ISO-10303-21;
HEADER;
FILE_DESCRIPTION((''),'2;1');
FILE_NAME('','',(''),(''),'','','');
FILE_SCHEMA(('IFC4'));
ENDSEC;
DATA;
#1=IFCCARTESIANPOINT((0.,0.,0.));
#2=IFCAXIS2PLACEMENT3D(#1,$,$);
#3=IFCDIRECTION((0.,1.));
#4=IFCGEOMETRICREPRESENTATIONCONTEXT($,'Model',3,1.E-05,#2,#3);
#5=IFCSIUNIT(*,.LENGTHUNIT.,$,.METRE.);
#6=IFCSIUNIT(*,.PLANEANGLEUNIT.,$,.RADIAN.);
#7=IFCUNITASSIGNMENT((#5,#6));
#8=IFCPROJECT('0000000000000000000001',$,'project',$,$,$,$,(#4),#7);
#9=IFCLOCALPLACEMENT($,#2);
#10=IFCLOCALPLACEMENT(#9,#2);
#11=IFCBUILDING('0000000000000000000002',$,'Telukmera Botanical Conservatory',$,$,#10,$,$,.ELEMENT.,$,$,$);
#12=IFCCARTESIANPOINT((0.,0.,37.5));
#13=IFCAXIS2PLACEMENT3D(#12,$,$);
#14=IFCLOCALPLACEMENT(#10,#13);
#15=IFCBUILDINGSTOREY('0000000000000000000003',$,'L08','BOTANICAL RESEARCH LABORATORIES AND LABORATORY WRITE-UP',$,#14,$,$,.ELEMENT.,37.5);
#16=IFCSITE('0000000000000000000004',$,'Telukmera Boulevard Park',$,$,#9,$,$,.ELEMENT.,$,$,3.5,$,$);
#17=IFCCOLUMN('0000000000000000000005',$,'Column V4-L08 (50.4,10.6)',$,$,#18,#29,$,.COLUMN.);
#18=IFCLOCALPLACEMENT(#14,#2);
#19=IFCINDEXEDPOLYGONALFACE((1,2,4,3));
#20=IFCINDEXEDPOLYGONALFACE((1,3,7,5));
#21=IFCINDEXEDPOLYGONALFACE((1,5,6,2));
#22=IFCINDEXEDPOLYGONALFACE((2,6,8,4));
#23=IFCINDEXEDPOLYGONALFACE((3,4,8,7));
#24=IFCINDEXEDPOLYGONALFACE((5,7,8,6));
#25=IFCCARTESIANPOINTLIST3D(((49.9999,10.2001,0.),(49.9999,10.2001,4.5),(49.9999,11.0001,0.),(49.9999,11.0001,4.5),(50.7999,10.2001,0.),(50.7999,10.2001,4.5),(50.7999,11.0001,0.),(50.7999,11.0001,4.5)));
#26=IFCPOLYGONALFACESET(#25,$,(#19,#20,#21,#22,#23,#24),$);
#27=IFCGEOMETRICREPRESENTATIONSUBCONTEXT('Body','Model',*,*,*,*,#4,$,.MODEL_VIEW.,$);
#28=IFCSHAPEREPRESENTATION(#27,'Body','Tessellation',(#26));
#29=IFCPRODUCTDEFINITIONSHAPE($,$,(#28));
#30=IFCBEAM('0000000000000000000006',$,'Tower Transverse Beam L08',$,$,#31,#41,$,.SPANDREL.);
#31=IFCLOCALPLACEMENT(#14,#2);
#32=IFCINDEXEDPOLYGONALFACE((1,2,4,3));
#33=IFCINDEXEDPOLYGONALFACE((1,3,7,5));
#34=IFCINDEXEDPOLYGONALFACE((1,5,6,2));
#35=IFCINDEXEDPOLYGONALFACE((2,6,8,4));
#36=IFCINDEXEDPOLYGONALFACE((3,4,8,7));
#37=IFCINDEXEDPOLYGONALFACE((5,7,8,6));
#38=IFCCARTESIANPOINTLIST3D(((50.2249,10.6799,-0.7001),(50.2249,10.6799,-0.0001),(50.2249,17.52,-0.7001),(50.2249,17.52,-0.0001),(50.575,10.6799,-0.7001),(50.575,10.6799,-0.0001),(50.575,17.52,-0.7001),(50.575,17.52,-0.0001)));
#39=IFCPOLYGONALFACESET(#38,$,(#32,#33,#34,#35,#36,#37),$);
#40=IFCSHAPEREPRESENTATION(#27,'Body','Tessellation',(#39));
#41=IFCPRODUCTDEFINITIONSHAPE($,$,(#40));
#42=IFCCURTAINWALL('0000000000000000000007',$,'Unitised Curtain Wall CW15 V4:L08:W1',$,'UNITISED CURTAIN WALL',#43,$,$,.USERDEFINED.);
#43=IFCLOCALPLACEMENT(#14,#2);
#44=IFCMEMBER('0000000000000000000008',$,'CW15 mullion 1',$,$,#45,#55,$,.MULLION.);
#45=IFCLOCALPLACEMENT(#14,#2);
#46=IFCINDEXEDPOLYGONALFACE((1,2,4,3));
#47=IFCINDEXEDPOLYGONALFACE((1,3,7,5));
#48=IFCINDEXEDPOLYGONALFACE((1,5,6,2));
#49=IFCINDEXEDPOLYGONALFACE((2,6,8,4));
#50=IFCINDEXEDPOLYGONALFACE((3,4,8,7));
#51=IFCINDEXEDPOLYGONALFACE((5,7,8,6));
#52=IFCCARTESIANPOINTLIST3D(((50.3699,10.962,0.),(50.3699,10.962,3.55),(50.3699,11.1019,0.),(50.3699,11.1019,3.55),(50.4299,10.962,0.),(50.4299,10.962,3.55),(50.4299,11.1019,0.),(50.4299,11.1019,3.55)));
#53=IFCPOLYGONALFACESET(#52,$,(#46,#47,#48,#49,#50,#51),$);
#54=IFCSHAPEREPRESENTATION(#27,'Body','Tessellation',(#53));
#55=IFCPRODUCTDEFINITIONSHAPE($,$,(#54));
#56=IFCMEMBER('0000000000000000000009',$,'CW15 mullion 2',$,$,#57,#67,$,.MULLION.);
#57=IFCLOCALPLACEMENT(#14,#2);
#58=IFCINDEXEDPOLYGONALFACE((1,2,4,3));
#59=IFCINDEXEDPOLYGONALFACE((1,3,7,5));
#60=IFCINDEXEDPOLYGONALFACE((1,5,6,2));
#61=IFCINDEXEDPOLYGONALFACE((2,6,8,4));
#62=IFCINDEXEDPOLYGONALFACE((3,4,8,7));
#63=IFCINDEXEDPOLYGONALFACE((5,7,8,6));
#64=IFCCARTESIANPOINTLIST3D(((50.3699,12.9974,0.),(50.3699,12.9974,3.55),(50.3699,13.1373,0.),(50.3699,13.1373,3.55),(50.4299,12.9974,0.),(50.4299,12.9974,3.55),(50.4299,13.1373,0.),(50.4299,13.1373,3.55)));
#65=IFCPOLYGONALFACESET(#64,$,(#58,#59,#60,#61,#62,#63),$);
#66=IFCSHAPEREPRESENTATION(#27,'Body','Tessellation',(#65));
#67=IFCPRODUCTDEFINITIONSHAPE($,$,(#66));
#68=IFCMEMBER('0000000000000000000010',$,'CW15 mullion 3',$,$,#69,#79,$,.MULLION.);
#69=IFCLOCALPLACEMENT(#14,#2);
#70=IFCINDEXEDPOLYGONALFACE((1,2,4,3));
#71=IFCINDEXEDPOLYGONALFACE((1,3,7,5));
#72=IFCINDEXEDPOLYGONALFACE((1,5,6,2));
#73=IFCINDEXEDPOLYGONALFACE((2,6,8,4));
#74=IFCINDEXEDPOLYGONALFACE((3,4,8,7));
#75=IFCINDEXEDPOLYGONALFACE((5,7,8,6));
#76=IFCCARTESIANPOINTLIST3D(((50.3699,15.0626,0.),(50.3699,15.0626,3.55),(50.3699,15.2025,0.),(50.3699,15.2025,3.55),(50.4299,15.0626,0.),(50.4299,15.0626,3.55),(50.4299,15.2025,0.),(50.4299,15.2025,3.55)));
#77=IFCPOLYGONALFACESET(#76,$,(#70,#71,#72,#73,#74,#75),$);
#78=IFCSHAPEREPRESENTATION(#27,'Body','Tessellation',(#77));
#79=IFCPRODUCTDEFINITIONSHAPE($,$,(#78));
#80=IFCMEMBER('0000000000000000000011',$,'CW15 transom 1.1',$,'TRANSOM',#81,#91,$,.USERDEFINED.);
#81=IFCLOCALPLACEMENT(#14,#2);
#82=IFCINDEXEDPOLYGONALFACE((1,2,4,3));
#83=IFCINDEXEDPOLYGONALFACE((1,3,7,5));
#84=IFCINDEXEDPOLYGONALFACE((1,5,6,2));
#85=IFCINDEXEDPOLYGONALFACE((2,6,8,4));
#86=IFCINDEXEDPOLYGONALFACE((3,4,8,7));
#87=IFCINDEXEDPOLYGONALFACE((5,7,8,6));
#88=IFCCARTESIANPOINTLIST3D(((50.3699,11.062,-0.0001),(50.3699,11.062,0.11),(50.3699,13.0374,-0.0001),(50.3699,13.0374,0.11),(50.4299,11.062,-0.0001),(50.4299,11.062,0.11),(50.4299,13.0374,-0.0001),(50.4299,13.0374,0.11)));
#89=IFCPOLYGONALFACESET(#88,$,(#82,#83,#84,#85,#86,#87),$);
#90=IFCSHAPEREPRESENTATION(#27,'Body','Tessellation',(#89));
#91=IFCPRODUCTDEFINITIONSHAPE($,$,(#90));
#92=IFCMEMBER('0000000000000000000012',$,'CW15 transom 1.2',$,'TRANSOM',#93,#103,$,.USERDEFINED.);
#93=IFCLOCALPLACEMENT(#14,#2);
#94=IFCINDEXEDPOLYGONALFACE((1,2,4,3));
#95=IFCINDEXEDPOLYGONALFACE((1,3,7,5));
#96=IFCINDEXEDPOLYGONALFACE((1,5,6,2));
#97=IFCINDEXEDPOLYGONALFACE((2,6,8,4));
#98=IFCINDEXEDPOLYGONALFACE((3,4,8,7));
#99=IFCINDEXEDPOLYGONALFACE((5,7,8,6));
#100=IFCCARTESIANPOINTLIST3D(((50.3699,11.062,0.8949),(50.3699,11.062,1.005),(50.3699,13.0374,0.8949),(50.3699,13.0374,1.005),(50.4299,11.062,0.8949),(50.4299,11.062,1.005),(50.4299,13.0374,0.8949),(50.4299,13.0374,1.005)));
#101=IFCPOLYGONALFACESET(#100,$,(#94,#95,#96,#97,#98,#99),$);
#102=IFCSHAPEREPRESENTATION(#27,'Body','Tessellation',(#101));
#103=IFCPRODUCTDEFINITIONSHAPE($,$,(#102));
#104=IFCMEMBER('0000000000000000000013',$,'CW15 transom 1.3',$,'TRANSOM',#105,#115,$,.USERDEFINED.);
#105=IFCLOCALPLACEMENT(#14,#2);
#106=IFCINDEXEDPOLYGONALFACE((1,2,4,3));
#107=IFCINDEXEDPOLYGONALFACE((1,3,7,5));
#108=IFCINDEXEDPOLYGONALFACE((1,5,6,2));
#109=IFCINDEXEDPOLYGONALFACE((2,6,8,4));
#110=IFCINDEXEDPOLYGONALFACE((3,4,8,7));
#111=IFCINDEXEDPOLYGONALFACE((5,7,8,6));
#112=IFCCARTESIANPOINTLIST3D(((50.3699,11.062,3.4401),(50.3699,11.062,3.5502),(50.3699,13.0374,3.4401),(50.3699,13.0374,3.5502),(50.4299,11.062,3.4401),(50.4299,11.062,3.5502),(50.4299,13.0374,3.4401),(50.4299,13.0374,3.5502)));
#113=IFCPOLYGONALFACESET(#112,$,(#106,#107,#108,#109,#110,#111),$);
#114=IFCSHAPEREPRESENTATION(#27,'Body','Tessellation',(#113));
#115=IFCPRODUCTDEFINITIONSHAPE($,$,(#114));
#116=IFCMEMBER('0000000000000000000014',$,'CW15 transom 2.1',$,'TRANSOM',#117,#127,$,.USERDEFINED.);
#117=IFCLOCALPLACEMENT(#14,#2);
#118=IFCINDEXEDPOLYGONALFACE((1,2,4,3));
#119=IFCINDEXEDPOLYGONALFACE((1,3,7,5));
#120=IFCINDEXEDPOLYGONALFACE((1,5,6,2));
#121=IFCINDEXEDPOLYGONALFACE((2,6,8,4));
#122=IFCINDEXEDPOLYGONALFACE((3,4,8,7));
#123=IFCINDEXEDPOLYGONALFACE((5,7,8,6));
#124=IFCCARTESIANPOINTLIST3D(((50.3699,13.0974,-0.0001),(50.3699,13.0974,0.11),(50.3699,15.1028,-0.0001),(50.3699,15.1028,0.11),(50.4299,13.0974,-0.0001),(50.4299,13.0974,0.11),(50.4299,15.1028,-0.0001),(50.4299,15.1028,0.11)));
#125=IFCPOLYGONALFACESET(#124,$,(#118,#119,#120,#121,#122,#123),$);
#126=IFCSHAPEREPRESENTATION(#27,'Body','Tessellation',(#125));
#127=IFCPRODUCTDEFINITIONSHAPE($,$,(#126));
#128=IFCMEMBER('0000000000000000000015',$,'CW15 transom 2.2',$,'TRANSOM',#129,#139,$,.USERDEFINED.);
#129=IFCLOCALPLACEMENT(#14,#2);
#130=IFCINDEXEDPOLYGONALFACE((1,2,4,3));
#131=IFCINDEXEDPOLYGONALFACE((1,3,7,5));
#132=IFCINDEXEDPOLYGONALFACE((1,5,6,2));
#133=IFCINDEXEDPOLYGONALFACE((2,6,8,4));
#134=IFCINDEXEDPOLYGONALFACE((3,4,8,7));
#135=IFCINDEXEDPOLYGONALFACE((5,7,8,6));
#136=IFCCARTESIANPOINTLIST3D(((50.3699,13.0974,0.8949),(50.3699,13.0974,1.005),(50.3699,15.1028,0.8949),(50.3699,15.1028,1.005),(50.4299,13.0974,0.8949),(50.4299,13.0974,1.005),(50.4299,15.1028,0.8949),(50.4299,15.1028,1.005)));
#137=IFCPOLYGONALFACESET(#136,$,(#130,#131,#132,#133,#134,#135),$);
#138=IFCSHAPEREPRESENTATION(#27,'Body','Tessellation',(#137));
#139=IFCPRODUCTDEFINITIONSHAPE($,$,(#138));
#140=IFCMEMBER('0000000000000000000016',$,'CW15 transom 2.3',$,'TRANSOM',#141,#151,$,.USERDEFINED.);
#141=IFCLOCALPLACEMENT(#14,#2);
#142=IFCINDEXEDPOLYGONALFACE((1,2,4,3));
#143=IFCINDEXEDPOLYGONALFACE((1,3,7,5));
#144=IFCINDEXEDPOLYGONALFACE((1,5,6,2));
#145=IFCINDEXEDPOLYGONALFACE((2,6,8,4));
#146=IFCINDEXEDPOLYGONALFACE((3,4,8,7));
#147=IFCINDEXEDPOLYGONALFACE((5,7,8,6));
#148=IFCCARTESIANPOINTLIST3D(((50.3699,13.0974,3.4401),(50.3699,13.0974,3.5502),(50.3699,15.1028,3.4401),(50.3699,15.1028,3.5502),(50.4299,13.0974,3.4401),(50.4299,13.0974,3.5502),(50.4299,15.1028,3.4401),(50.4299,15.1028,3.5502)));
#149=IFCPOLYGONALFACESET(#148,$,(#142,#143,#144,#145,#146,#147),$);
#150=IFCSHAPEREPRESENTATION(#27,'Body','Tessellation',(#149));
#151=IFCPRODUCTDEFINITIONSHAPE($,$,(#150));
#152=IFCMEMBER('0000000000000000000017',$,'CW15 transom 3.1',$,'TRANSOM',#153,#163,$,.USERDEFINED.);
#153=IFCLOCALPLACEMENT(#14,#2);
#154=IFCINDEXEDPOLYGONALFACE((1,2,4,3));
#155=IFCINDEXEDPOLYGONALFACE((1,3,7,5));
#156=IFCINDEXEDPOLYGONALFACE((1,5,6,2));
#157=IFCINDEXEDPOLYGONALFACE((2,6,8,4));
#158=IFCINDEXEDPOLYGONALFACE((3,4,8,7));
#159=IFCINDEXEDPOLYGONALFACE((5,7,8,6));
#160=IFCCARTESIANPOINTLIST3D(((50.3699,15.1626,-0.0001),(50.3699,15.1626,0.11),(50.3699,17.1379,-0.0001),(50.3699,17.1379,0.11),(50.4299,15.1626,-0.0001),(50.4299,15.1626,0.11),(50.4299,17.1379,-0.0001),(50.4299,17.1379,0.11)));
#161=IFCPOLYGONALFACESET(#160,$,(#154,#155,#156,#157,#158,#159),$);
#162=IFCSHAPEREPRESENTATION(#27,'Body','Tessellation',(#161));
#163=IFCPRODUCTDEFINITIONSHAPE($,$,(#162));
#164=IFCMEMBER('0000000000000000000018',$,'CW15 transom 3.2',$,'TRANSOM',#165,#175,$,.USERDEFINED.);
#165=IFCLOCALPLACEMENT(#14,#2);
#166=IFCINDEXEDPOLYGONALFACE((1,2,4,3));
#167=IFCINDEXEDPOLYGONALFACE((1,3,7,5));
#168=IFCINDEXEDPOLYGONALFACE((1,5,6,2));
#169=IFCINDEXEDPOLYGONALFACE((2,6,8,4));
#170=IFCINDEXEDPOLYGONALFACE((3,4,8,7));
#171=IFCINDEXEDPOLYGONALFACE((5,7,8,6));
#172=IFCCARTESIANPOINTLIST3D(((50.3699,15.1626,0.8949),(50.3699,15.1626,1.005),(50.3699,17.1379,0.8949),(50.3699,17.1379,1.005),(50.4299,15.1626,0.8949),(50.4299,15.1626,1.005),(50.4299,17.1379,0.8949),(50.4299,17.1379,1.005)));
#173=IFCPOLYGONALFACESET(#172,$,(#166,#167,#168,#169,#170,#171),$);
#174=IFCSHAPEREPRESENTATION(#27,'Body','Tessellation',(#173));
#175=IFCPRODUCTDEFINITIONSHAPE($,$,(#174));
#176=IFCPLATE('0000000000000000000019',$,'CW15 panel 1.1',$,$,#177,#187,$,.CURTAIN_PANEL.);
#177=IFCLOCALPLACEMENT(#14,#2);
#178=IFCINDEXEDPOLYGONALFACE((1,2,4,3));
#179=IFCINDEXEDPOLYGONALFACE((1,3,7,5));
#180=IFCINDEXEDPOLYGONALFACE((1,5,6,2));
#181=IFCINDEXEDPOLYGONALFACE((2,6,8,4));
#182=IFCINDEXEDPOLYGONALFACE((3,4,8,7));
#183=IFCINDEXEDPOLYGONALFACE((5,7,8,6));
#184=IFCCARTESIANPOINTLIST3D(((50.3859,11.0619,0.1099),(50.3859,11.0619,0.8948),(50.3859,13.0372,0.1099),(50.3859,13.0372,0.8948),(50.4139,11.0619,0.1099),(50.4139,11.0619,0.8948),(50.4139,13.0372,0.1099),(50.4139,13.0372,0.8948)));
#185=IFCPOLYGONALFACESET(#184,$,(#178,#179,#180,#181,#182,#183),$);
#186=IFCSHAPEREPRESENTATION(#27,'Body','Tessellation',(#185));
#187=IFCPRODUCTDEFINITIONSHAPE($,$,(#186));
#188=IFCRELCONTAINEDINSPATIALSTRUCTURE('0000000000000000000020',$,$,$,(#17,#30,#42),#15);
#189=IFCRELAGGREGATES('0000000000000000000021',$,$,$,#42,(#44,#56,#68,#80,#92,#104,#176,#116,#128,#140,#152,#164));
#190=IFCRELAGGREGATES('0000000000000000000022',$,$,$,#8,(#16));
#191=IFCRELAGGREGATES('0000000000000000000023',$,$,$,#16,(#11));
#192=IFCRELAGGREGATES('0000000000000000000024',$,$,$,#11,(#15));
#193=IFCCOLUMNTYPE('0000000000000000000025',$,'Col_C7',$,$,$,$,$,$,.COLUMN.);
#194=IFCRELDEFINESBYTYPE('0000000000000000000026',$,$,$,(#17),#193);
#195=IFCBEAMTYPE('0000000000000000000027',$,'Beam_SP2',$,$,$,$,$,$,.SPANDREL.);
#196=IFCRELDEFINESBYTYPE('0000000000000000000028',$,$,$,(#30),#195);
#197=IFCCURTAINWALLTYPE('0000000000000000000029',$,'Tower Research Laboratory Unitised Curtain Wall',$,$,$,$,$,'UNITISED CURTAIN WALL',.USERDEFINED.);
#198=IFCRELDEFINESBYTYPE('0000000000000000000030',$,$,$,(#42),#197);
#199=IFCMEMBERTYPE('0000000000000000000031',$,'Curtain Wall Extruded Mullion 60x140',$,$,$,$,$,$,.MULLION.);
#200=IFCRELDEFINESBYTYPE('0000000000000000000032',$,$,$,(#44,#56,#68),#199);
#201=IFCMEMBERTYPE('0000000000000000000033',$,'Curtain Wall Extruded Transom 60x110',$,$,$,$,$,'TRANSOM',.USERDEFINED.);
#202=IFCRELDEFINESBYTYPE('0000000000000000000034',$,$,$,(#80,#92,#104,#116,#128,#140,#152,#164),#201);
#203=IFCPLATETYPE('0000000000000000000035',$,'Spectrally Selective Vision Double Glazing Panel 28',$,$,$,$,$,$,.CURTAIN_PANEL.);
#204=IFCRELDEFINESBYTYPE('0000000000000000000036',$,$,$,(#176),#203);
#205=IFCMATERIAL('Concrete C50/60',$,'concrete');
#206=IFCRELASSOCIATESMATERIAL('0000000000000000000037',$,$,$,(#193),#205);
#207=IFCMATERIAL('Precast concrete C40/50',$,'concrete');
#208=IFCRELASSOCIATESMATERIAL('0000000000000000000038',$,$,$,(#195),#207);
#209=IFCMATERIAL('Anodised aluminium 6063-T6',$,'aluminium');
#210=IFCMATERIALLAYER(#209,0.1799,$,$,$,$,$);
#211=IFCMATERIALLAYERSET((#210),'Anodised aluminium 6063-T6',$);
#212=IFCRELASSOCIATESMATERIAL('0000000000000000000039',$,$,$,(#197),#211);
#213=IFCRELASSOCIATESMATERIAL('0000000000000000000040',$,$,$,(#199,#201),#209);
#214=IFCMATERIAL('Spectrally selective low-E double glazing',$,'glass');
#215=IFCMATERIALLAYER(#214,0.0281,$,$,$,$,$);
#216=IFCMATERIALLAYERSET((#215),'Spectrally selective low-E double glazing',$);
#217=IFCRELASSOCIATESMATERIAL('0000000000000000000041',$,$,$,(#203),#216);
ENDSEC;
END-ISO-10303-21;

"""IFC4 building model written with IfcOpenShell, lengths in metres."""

from ifc_helpers import new_model, si_unit, direction, frame, origin, origin_2d, place, context, subcontext, project, spatial, rectangle, extrude, material, layer, layer_set, material_profile, profile_set, type_object, element, aggregate, save


model = new_model("IFC4")

# Units and contexts
model_context = context("Model", 3, precision=1e-05, world=origin(), true_north=direction((0.0, 1.0)))
body_context = subcontext(model_context, "Body", "Model", "MODEL_VIEW")
ifc_project = project(units=[si_unit("LENGTHUNIT", "METRE"), si_unit("PLANEANGLEUNIT", "RADIAN")], contexts=[model_context])

# Site, building, storey
site_placement = place(None, origin())
site = spatial("IfcSite", under=ifc_project, at=site_placement, Name="Telukmera Boulevard Park", CompositionType="ELEMENT", RefElevation=3.5)
building_placement = place(site_placement, origin())
building = spatial("IfcBuilding", under=site, at=building_placement, Name="Telukmera Botanical Conservatory", CompositionType="ELEMENT")
storey_placement = place(building_placement, frame((0.0, 0.0, 37.5)))
storey = spatial("IfcBuildingStorey", under=building, at=storey_placement, Name="L08", Description="BOTANICAL RESEARCH LABORATORIES AND LABORATORY WRITE-UP", CompositionType="ELEMENT", Elevation=37.5)

# Column
ifc_material_1 = material(Name="Concrete C50/60", Category="concrete")
ifc_material_profile_1 = material_profile(ifc_material_1, rectangle(XDim=0.8, YDim=0.8, at=origin_2d()), Name="RC 800x800")
ifc_profile_set_1 = profile_set([ifc_material_profile_1], Name="Concrete C50/60")
column_type = type_object("IfcColumnType", Name="Col_C7", PredefinedType="COLUMN", material=ifc_profile_set_1)
column_placement = place(storey_placement, frame((50.3999, 10.6001, 0.0), z_axis=(0.0, 0.0, 1.0), x_axis=(1.0, 0.0, 0.0)))
element("IfcColumn", 1, at=column_placement, inside=storey, type_object=column_type, Name="Column V4-L08 (50.4,10.6)", PredefinedType="COLUMN", context=body_context, shape_type="SweptSolid", body=[
    extrude(rectangle(XDim=0.8, YDim=0.8, at=origin_2d()), origin(), (0.0, 0.0, 1.0), 4.5),
])

# Beam
ifc_material_2 = material(Name="Precast concrete C40/50", Category="concrete")
ifc_material_profile_2 = material_profile(ifc_material_2, rectangle(XDim=0.3501, YDim=0.7, at=origin_2d()), Name="PC 350x700")
ifc_profile_set_2 = profile_set([ifc_material_profile_2], Name="Precast concrete C40/50")
beam_type = type_object("IfcBeamType", Name="Beam_SP2", PredefinedType="SPANDREL", material=ifc_profile_set_2)
beam_placement = place(storey_placement, frame((50.3999, 10.6799, -0.3501), z_axis=(0.0, 1.0, 0.0), x_axis=(-1.0, 0.0, 0.0)))
element("IfcBeam", 2, at=beam_placement, inside=storey, type_object=beam_type, Name="Tower Transverse Beam L08", PredefinedType="SPANDREL", context=body_context, shape_type="SweptSolid", body=[
    extrude(rectangle(XDim=0.3501, YDim=0.7, at=origin_2d()), origin(), (0.0, 0.0, 1.0), 6.8401),
])

# Curtain wall, members, plate
ifc_material_3 = material(Name="Anodised aluminium 6063-T6", Category="aluminium")
ifc_layer_1 = layer(ifc_material_3, 0.1799)
ifc_layer_set_1 = layer_set([ifc_layer_1], Name="Anodised aluminium 6063-T6")
curtain_wall_type = type_object("IfcCurtainWallType", Name="Tower Research Laboratory Unitised Curtain Wall", ElementType="UNITISED CURTAIN WALL", PredefinedType="USERDEFINED", material=ifc_layer_set_1)
curtain_wall_placement = place(storey_placement, origin())
curtain_wall = element("IfcCurtainWall", 3, at=curtain_wall_placement, inside=storey, type_object=curtain_wall_type, Name="Unitised Curtain Wall CW15 V4:L08:W1", ObjectType="UNITISED CURTAIN WALL", PredefinedType="USERDEFINED")
ifc_material_profile_3 = material_profile(ifc_material_3, rectangle(XDim=0.0601, YDim=0.1399, at=origin_2d()), Name="ALU MULL 60x140")
ifc_profile_set_3 = profile_set([ifc_material_profile_3], Name="Anodised aluminium 6063-T6")
member_type_1 = type_object("IfcMemberType", Name="Curtain Wall Extruded Mullion 60x140", PredefinedType="MULLION", material=ifc_profile_set_3)
member_1_placement = place(storey_placement, frame((50.3999, 11.032, 0.0), z_axis=(0.0, 0.0, 1.0), x_axis=(-1.0, 0.0, 0.0)))
member_1 = element("IfcMember", 4, at=member_1_placement, type_object=member_type_1, Name="CW15 mullion 1", PredefinedType="MULLION", context=body_context, shape_type="SweptSolid", body=[
    extrude(rectangle(XDim=0.0601, YDim=0.1399, at=origin_2d()), origin(), (0.0, 0.0, 1.0), 3.55),
])
member_2_placement = place(storey_placement, frame((50.3999, 13.0674, 0.0), z_axis=(0.0, 0.0, 1.0), x_axis=(-1.0, 0.0, 0.0)))
member_2 = element("IfcMember", 5, at=member_2_placement, type_object=member_type_1, Name="CW15 mullion 2", PredefinedType="MULLION", context=body_context, shape_type="SweptSolid", body=[
    extrude(rectangle(XDim=0.0601, YDim=0.1399, at=origin_2d()), origin(), (0.0, 0.0, 1.0), 3.55),
])
member_3_placement = place(storey_placement, frame((50.3999, 15.1326, 0.0), z_axis=(0.0, 0.0, 1.0), x_axis=(-1.0, 0.0, 0.0)))
member_3 = element("IfcMember", 6, at=member_3_placement, type_object=member_type_1, Name="CW15 mullion 3", PredefinedType="MULLION", context=body_context, shape_type="SweptSolid", body=[
    extrude(rectangle(XDim=0.0601, YDim=0.1399, at=origin_2d()), origin(), (0.0, 0.0, 1.0), 3.55),
])
ifc_material_profile_4 = material_profile(ifc_material_3, rectangle(XDim=0.0601, YDim=0.1101, at=origin_2d()), Name="ALU TRAN 60x110")
ifc_profile_set_4 = profile_set([ifc_material_profile_4], Name="Anodised aluminium 6063-T6")
member_type_2 = type_object("IfcMemberType", Name="Curtain Wall Extruded Transom 60x110", ElementType="TRANSOM", PredefinedType="USERDEFINED", material=ifc_profile_set_4)
member_4_placement = place(storey_placement, frame((50.3999, 11.062, 0.0549), z_axis=(0.0, 1.0, 0.0), x_axis=(-1.0, 0.0, 0.0)))
member_4 = element("IfcMember", 7, at=member_4_placement, type_object=member_type_2, Name="CW15 transom 1.1", ObjectType="TRANSOM", PredefinedType="USERDEFINED", context=body_context, shape_type="SweptSolid", body=[
    extrude(rectangle(XDim=0.0601, YDim=0.1101, at=origin_2d()), origin(), (0.0, 0.0, 1.0), 1.9753),
])
member_5_placement = place(storey_placement, frame((50.3999, 11.062, 0.95), z_axis=(0.0, 1.0, 0.0), x_axis=(-1.0, 0.0, 0.0)))
member_5 = element("IfcMember", 8, at=member_5_placement, type_object=member_type_2, Name="CW15 transom 1.2", ObjectType="TRANSOM", PredefinedType="USERDEFINED", context=body_context, shape_type="SweptSolid", body=[
    extrude(rectangle(XDim=0.0601, YDim=0.1101, at=origin_2d()), origin(), (0.0, 0.0, 1.0), 1.9753),
])
member_6_placement = place(storey_placement, frame((50.3999, 11.062, 3.4951), z_axis=(0.0, 1.0, 0.0), x_axis=(-1.0, 0.0, 0.0)))
member_6 = element("IfcMember", 9, at=member_6_placement, type_object=member_type_2, Name="CW15 transom 1.3", ObjectType="TRANSOM", PredefinedType="USERDEFINED", context=body_context, shape_type="SweptSolid", body=[
    extrude(rectangle(XDim=0.0601, YDim=0.1101, at=origin_2d()), origin(), (0.0, 0.0, 1.0), 1.9753),
])
member_7_placement = place(storey_placement, frame((50.3999, 13.0974, 0.0549), z_axis=(0.0, 1.0, 0.0), x_axis=(-1.0, 0.0, 0.0)))
member_7 = element("IfcMember", 10, at=member_7_placement, type_object=member_type_2, Name="CW15 transom 2.1", ObjectType="TRANSOM", PredefinedType="USERDEFINED", context=body_context, shape_type="SweptSolid", body=[
    extrude(rectangle(XDim=0.0601, YDim=0.1101, at=origin_2d()), origin(), (0.0, 0.0, 1.0), 2.0054),
])
member_8_placement = place(storey_placement, frame((50.3999, 13.0974, 0.95), z_axis=(0.0, 1.0, 0.0), x_axis=(-1.0, 0.0, 0.0)))
member_8 = element("IfcMember", 11, at=member_8_placement, type_object=member_type_2, Name="CW15 transom 2.2", ObjectType="TRANSOM", PredefinedType="USERDEFINED", context=body_context, shape_type="SweptSolid", body=[
    extrude(rectangle(XDim=0.0601, YDim=0.1101, at=origin_2d()), origin(), (0.0, 0.0, 1.0), 2.0054),
])
member_9_placement = place(storey_placement, frame((50.3999, 13.0974, 3.4951), z_axis=(0.0, 1.0, 0.0), x_axis=(-1.0, 0.0, 0.0)))
member_9 = element("IfcMember", 12, at=member_9_placement, type_object=member_type_2, Name="CW15 transom 2.3", ObjectType="TRANSOM", PredefinedType="USERDEFINED", context=body_context, shape_type="SweptSolid", body=[
    extrude(rectangle(XDim=0.0601, YDim=0.1101, at=origin_2d()), origin(), (0.0, 0.0, 1.0), 2.0054),
])
member_10_placement = place(storey_placement, frame((50.3999, 15.1626, 0.0549), z_axis=(0.0, 1.0, 0.0), x_axis=(-1.0, 0.0, 0.0)))
member_10 = element("IfcMember", 13, at=member_10_placement, type_object=member_type_2, Name="CW15 transom 3.1", ObjectType="TRANSOM", PredefinedType="USERDEFINED", context=body_context, shape_type="SweptSolid", body=[
    extrude(rectangle(XDim=0.0601, YDim=0.1101, at=origin_2d()), origin(), (0.0, 0.0, 1.0), 1.9753),
])
member_11_placement = place(storey_placement, frame((50.3999, 15.1626, 0.95), z_axis=(0.0, 1.0, 0.0), x_axis=(-1.0, 0.0, 0.0)))
member_11 = element("IfcMember", 14, at=member_11_placement, type_object=member_type_2, Name="CW15 transom 3.2", ObjectType="TRANSOM", PredefinedType="USERDEFINED", context=body_context, shape_type="SweptSolid", body=[
    extrude(rectangle(XDim=0.0601, YDim=0.1101, at=origin_2d()), origin(), (0.0, 0.0, 1.0), 1.9753),
])
ifc_material_4 = material(Name="Spectrally selective low-E double glazing", Category="glass")
ifc_layer_2 = layer(ifc_material_4, 0.0281)
ifc_layer_set_2 = layer_set([ifc_layer_2], Name="Spectrally selective low-E double glazing")
plate_type = type_object("IfcPlateType", Name="Spectrally Selective Vision Double Glazing Panel 28", PredefinedType="CURTAIN_PANEL", material=ifc_layer_set_2)
plate_1_placement = place(storey_placement, frame((50.3999, 12.0496, 0.1099), z_axis=(0.0, 0.0, 1.0), x_axis=(0.0, 1.0, 0.0)))
plate_1 = element("IfcPlate", 15, at=plate_1_placement, type_object=plate_type, Name="CW15 panel 1.1", PredefinedType="CURTAIN_PANEL", context=body_context, shape_type="SweptSolid", body=[
    extrude(rectangle(XDim=1.9753, YDim=0.0281, at=origin_2d()), origin(), (0.0, 0.0, 1.0), 0.7849),
])
aggregate(curtain_wall, [member_1, member_2, member_3, member_4, member_5, member_6, plate_1, member_7, member_8, member_9, member_10, member_11])

save(model, "model.ifc")
